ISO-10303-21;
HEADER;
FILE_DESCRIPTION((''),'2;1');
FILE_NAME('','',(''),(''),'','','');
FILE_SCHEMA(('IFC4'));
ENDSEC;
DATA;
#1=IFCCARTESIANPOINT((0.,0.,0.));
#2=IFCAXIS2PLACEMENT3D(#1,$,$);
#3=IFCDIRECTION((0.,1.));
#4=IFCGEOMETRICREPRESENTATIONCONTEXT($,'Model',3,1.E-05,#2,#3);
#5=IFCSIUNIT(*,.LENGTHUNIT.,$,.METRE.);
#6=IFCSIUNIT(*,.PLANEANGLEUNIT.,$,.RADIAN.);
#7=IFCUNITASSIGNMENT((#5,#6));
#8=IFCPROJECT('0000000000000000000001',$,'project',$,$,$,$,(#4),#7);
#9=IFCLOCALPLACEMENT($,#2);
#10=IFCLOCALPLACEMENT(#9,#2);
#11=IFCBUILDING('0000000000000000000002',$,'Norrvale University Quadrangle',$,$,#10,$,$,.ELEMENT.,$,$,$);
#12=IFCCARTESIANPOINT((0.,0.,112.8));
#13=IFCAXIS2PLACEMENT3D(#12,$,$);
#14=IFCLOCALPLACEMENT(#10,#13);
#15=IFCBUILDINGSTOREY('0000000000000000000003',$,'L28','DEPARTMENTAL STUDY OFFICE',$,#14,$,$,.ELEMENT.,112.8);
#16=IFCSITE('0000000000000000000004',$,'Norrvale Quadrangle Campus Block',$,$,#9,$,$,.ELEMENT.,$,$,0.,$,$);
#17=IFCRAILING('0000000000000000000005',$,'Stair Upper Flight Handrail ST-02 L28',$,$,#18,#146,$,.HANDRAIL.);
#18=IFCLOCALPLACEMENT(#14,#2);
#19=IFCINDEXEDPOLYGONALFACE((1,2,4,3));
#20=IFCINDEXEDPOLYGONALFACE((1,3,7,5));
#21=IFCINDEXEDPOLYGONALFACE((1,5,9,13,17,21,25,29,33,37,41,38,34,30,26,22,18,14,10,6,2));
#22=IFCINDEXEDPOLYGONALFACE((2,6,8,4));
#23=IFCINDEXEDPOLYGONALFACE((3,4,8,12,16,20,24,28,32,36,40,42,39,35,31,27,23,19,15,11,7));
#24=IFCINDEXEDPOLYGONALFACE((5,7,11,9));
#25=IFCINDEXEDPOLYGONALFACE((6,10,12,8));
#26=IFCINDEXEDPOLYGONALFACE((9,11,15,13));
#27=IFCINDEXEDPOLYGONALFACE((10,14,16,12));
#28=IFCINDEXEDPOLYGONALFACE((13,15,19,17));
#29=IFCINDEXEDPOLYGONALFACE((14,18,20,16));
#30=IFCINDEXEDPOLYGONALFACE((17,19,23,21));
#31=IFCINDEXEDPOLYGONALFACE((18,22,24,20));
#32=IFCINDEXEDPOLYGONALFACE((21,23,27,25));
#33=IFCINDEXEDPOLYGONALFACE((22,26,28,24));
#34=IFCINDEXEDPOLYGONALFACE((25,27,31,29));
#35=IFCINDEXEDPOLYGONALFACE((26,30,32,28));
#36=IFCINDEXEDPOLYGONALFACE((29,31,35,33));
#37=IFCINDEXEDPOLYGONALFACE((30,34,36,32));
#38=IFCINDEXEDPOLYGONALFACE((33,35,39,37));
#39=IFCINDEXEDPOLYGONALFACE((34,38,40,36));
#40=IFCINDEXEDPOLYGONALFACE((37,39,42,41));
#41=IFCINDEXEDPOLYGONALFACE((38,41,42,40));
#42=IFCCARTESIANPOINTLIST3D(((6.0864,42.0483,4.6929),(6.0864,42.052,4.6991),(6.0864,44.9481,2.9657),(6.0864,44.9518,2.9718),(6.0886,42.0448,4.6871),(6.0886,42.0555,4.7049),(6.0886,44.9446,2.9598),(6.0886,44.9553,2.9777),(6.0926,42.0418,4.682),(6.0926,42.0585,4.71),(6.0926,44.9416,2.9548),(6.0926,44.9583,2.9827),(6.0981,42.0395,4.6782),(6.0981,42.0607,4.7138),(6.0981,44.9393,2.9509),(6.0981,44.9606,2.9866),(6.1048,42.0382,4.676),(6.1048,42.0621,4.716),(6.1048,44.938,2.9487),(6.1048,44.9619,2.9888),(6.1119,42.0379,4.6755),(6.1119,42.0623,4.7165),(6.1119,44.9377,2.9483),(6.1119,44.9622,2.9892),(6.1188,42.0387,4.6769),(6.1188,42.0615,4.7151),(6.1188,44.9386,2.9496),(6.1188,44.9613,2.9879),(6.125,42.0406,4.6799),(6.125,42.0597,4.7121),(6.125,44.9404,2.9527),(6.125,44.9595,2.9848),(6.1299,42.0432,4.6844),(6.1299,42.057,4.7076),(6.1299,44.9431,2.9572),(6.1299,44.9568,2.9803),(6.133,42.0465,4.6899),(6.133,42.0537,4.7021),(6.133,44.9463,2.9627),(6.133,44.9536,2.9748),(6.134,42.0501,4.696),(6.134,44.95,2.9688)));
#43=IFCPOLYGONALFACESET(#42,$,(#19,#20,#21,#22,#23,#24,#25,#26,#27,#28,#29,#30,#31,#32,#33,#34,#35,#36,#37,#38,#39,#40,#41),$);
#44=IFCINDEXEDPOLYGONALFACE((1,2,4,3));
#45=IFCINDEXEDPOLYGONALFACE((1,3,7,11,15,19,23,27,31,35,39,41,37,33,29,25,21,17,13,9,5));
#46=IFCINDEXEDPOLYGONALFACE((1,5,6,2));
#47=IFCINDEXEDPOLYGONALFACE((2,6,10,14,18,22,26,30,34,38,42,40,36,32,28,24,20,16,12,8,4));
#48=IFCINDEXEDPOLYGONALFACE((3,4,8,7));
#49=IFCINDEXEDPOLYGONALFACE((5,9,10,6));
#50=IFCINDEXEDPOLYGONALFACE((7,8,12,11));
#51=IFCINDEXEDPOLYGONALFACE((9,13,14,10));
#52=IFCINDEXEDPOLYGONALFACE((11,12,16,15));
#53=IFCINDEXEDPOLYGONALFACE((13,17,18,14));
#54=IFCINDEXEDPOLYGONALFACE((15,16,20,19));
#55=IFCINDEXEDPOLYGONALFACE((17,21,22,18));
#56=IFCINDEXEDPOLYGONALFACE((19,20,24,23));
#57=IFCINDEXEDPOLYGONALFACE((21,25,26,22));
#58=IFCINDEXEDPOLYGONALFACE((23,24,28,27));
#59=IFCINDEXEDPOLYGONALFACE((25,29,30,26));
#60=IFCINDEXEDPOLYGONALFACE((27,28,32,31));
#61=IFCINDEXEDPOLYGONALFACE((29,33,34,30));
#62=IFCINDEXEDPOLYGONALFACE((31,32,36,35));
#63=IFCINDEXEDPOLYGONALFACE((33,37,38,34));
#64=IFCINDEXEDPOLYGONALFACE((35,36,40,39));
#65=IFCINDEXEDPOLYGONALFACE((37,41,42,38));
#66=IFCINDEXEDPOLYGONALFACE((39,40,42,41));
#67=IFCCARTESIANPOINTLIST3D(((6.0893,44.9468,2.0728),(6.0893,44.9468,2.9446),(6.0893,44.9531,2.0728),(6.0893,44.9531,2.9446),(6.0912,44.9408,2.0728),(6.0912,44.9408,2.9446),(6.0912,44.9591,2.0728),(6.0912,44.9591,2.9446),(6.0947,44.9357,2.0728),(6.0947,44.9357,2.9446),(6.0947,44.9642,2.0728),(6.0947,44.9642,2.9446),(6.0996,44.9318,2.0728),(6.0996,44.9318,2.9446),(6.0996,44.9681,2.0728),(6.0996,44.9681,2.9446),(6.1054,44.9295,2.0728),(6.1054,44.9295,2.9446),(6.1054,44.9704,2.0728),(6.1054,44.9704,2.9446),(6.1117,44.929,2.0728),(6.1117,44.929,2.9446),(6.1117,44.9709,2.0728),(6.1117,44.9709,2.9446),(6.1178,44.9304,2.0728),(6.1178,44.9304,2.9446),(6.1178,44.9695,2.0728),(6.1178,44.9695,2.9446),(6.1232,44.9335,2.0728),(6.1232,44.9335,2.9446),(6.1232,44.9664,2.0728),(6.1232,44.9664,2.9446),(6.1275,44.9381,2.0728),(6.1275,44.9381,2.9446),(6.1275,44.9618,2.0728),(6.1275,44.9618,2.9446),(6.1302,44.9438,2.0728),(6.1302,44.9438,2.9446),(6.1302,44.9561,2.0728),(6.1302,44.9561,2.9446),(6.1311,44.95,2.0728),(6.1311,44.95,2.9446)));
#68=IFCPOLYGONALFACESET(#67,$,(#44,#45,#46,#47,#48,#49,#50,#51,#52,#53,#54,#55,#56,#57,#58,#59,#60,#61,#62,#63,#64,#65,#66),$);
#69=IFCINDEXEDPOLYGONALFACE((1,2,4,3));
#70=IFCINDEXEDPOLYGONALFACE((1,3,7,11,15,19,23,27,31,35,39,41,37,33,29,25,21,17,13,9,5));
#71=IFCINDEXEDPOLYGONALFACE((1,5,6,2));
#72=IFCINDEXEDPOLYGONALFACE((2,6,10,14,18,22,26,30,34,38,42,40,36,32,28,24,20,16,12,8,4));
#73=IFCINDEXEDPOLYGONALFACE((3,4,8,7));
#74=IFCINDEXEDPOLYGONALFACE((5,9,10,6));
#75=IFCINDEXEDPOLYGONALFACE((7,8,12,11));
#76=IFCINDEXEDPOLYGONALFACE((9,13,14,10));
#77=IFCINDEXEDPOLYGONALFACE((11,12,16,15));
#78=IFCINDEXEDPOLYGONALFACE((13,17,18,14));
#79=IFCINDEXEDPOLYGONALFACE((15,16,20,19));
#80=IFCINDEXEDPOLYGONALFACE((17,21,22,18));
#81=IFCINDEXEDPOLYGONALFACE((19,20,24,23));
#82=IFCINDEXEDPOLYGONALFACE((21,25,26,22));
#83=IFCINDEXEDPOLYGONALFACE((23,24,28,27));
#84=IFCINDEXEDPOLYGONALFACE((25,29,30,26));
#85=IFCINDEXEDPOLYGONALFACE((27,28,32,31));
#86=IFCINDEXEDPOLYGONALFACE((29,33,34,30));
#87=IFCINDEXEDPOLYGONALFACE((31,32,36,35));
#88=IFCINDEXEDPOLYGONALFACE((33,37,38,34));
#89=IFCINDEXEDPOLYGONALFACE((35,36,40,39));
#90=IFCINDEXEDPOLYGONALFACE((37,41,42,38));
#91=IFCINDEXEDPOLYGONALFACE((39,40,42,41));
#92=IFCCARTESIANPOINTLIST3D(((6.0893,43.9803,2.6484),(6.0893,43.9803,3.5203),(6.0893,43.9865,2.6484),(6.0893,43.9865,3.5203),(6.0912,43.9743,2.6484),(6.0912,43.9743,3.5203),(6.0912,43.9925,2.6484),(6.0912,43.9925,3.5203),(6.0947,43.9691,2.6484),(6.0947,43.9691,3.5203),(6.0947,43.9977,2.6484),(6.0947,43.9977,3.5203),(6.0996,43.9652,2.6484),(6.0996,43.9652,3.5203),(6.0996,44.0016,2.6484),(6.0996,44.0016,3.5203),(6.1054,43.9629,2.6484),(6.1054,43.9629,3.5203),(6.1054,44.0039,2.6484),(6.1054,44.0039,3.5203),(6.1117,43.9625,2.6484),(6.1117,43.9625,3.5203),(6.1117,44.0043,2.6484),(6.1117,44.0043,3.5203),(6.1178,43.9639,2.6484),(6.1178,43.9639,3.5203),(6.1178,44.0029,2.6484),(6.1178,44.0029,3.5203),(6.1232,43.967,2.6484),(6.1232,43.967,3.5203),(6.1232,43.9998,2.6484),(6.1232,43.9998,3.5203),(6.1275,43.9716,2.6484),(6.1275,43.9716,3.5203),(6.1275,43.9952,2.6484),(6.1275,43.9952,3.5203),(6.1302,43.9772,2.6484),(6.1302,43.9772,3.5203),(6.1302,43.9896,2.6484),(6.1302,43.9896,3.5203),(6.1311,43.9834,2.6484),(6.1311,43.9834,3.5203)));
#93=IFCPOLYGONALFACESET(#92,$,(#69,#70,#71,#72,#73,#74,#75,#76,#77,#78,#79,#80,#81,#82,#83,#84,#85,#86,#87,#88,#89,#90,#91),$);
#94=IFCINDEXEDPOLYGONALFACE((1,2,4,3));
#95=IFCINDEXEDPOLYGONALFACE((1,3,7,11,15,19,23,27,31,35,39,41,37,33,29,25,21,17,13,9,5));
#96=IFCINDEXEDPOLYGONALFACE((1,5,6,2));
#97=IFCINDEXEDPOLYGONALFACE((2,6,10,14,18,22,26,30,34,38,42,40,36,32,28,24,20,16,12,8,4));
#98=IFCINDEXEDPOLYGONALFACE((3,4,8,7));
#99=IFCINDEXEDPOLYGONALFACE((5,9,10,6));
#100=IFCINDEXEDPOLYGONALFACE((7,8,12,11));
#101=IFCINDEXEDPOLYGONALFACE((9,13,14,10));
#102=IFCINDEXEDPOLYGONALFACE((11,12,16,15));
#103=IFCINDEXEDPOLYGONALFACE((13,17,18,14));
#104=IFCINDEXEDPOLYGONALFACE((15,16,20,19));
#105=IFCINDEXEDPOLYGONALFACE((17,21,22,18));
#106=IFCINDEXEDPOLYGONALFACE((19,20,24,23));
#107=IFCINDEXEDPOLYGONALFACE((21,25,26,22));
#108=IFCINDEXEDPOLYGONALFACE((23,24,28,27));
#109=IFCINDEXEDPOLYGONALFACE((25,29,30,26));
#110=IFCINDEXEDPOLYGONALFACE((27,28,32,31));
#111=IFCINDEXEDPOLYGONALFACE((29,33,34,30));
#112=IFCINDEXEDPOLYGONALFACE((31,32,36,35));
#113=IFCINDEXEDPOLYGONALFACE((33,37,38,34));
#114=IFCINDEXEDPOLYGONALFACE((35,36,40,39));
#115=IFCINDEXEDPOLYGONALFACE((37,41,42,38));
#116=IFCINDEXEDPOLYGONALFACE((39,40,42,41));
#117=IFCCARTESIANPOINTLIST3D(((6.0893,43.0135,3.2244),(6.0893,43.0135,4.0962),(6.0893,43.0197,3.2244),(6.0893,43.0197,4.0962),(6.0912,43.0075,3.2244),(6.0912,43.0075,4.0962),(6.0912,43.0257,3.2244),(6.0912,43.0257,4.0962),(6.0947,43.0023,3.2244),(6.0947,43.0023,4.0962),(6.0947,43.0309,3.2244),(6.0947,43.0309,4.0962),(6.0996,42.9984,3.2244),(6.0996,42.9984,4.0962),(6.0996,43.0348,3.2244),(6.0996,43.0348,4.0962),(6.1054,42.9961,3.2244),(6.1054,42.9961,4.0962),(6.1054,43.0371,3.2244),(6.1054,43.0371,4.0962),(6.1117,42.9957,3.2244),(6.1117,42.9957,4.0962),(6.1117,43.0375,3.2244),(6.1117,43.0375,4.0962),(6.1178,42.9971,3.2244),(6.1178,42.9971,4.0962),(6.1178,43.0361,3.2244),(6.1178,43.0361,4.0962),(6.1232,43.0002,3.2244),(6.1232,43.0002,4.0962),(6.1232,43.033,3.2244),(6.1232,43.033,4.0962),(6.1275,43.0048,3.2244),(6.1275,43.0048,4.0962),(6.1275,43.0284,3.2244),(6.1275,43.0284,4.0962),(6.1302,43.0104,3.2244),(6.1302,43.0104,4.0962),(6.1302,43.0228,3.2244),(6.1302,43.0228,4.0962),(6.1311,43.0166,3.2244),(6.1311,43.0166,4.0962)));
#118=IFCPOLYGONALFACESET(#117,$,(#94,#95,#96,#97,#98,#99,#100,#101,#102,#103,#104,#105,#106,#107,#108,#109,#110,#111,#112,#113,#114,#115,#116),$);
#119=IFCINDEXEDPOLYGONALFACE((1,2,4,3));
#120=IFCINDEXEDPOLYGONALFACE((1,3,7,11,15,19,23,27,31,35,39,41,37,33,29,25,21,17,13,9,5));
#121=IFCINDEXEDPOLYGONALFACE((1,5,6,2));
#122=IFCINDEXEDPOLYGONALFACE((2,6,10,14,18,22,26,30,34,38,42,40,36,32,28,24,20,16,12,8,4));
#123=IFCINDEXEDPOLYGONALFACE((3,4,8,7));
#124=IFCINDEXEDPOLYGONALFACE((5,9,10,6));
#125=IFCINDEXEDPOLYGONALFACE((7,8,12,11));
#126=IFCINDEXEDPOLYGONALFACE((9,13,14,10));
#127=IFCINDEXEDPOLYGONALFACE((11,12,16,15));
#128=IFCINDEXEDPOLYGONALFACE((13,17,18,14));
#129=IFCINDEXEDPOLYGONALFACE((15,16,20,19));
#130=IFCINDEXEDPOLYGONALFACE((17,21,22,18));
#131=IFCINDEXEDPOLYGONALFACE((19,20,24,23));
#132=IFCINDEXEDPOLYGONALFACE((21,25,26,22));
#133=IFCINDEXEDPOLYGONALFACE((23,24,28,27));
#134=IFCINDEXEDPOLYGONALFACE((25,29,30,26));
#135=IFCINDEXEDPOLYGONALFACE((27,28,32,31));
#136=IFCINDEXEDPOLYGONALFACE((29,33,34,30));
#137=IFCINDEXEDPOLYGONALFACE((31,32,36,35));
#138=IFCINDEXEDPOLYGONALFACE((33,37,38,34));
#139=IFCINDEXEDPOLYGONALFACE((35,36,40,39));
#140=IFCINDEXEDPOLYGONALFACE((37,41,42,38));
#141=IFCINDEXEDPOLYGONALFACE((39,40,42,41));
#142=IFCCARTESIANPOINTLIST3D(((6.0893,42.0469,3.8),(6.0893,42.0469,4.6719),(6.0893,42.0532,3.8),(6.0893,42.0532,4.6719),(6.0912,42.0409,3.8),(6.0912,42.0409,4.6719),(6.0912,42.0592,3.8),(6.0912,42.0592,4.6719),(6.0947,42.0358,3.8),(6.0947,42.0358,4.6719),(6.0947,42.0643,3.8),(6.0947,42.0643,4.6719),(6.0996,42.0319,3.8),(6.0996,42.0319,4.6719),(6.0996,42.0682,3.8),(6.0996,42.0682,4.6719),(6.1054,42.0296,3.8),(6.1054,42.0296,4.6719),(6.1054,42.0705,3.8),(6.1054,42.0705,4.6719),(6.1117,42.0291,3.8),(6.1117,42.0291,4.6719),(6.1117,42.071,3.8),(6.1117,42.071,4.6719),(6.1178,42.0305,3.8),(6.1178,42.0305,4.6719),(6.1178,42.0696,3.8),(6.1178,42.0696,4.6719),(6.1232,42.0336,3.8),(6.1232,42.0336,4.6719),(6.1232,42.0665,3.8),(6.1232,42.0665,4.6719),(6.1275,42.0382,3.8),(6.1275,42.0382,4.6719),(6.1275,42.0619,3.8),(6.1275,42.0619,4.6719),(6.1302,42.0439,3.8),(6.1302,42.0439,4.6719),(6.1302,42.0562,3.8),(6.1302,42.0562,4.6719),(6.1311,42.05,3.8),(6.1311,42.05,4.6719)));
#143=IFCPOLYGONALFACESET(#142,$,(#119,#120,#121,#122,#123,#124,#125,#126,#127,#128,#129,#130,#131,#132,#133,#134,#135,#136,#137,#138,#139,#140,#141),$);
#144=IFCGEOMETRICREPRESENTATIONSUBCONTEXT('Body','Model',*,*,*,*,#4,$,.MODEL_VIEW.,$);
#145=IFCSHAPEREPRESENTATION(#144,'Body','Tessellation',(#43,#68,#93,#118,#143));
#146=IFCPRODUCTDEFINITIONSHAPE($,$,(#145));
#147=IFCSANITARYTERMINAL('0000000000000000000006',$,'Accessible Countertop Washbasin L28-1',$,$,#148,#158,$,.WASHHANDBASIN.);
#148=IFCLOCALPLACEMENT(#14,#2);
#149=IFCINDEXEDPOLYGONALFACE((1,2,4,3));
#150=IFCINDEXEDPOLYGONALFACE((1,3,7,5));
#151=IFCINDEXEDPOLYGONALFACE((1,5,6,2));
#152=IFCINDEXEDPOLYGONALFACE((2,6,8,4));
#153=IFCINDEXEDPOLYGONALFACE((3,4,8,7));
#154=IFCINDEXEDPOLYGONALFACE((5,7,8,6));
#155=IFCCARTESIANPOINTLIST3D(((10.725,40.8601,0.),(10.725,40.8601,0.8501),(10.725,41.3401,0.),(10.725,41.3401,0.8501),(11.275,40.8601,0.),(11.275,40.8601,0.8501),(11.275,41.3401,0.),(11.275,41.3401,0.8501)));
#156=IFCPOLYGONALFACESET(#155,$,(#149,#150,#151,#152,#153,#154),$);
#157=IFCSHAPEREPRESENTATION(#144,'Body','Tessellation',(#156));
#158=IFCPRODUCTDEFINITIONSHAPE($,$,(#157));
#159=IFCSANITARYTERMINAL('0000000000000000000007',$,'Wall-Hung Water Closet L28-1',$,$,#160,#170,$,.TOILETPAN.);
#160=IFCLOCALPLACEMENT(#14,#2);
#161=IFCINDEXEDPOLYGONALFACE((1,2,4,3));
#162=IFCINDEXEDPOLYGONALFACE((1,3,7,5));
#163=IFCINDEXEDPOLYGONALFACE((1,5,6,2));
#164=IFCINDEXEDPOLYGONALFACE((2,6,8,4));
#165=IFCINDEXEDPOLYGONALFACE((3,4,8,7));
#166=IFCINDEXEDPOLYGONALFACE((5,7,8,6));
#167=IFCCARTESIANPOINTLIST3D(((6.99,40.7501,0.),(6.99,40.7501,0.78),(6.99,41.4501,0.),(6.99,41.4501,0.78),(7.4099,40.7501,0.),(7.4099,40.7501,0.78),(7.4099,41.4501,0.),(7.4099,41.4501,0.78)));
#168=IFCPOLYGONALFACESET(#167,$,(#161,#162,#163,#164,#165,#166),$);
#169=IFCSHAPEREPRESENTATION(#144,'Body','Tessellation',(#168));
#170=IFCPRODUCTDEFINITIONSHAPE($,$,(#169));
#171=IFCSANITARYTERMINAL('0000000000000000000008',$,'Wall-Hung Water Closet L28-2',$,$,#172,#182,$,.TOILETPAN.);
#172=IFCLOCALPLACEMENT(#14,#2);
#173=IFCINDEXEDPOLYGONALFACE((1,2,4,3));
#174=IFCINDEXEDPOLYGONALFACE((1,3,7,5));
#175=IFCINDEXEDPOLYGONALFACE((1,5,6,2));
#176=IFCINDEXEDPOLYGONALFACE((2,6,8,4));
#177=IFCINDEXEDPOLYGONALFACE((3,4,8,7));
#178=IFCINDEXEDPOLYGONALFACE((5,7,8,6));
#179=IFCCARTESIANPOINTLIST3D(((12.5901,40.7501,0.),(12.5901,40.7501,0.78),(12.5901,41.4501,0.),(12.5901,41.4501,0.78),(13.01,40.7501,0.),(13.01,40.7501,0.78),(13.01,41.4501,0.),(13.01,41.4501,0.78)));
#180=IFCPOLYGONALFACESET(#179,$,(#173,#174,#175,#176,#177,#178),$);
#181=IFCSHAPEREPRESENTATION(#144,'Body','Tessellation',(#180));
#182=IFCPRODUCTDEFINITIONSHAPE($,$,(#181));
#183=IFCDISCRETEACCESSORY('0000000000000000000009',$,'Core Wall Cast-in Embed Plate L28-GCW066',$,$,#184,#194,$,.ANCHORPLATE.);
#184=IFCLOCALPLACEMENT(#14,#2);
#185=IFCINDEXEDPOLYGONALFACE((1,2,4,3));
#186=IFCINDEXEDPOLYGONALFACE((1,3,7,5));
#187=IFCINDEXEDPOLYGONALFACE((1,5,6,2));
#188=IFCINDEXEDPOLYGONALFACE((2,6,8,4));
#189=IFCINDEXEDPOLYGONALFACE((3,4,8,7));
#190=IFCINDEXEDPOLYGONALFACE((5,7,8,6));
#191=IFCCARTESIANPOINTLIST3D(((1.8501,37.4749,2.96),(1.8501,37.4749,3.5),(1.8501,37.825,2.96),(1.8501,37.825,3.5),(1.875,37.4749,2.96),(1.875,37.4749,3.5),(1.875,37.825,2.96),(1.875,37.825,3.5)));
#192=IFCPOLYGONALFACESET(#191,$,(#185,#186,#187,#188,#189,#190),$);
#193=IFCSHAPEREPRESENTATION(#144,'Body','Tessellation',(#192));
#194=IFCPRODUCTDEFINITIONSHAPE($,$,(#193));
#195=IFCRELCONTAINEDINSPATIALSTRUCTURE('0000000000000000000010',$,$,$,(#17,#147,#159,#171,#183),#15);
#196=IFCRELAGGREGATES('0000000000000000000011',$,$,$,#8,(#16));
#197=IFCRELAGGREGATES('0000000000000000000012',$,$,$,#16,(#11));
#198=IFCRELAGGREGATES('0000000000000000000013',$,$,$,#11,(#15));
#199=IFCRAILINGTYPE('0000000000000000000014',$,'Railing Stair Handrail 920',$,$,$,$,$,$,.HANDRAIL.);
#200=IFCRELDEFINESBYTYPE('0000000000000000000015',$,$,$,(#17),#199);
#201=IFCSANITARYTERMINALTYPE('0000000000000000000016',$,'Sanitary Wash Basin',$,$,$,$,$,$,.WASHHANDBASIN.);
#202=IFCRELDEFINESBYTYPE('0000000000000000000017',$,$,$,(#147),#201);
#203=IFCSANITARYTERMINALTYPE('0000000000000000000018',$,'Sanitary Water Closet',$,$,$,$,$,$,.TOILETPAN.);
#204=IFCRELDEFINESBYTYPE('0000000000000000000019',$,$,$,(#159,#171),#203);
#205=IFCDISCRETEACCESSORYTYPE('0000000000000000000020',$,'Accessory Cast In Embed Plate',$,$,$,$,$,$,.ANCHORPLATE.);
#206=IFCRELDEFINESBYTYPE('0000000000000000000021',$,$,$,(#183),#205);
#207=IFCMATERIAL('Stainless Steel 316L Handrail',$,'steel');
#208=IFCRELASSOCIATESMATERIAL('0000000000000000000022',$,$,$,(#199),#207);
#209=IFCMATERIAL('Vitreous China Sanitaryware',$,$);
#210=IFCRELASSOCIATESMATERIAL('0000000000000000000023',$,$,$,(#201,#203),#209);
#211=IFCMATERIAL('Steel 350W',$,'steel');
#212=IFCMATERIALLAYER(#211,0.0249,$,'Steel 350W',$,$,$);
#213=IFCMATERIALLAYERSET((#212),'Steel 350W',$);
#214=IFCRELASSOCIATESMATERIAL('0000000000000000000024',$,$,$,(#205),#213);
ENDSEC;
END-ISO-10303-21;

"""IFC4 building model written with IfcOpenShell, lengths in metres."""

from ifc_helpers import new_model, si_unit, direction, frame, origin, origin_2d, place, context, subcontext, project, spatial, rectangle, circle, extrude, material, layer, layer_set, type_object, element, save


model = new_model("IFC4")

# Units and contexts
model_context = context("Model", 3, precision=1e-05, world=origin(), true_north=direction((0.0, 1.0)))
body_context = subcontext(model_context, "Body", "Model", "MODEL_VIEW")
ifc_project = project(units=[si_unit("LENGTHUNIT", "METRE"), si_unit("PLANEANGLEUNIT", "RADIAN")], contexts=[model_context])

# Site, building, storey
site_placement = place(None, origin())
site = spatial("IfcSite", under=ifc_project, at=site_placement, Name="Norrvale Quadrangle Campus Block", CompositionType="ELEMENT", RefElevation=0.0)
building_placement = place(site_placement, origin())
building = spatial("IfcBuilding", under=site, at=building_placement, Name="Norrvale University Quadrangle", CompositionType="ELEMENT")
storey_placement = place(building_placement, frame((0.0, 0.0, 112.8)))
storey = spatial("IfcBuildingStorey", under=building, at=storey_placement, Name="L28", Description="DEPARTMENTAL STUDY OFFICE", CompositionType="ELEMENT", Elevation=112.8)

# Shared definitions
ifc_material_1 = material(Name="Steel 350W", Category="steel")

# Railing
ifc_material_2 = material(Name="Stainless Steel 316L Handrail", Category="steel")
railing_type_1 = type_object("IfcRailingType", Name="Railing Stair Handrail 920", PredefinedType="HANDRAIL", material=ifc_material_2)
railing_1_placement = place(storey_placement, frame((6.1101, 44.95, 2.0728)))
element("IfcRailing", 1, at=railing_1_placement, inside=storey, type_object=railing_type_1, Name="Stair Upper Flight Handrail ST-02 L28", PredefinedType="HANDRAIL", context=body_context, shape_type="SweptSolid", body=[
    extrude(circle(Radius=0.0239, at=origin_2d()), frame((0.0, 0.0, 0.896), z_axis=(0.0, -0.859141, 0.511738), x_axis=(1.0, 0.0, 0.0)), (0.0, 0.0, 1.0), 3.3752),
    extrude(circle(Radius=0.021, at=origin_2d()), origin(), (0.0, 0.0, 1.0), 0.8718),
    extrude(circle(Radius=0.021, at=origin_2d()), frame((0.0, -0.9666, 0.5757)), (0.0, 0.0, 1.0), 0.8718),
    extrude(circle(Radius=0.021, at=origin_2d()), frame((0.0, -1.9333, 1.1516)), (0.0, 0.0, 1.0), 0.8718),
    extrude(circle(Radius=0.021, at=origin_2d()), frame((0.0, -2.8999, 1.7273)), (0.0, 0.0, 1.0), 0.8718),
])

# Sanitary terminals
ifc_material_3 = material(Name="Vitreous China Sanitaryware")
sanitary_terminal_type_1 = type_object("IfcSanitaryTerminalType", Name="Sanitary Wash Basin", PredefinedType="WASHHANDBASIN", material=ifc_material_3)
sanitary_terminal_placement = place(storey_placement, frame((11.0, 41.1001, 0.0), z_axis=(0.0, 0.0, 1.0), x_axis=(1.0, 0.0, 0.0)))
element("IfcSanitaryTerminal", 2, at=sanitary_terminal_placement, inside=storey, type_object=sanitary_terminal_type_1, Name="Accessible Countertop Washbasin L28-1", PredefinedType="WASHHANDBASIN", context=body_context, shape_type="SweptSolid", body=[
    extrude(rectangle(XDim=0.55, YDim=0.48, at=origin_2d()), origin(), (0.0, 0.0, 1.0), 0.8501),
])
sanitary_terminal_type_2 = type_object("IfcSanitaryTerminalType", Name="Sanitary Water Closet", PredefinedType="TOILETPAN", material=ifc_material_3)
for number, where, z_axis, x_axis, name in (
    (3, (7.2, 41.1001, 0.0), (0.0, 0.0, 1.0), (1.0, 0.0, 0.0), "Wall-Hung Water Closet L28-1"),
    (4, (12.8, 41.1001, 0.0), (0.0, 0.0, 1.0), (1.0, 0.0, 0.0), "Wall-Hung Water Closet L28-2"),
):
    element("IfcSanitaryTerminal", number, at=place(storey_placement, frame(where, z_axis=z_axis, x_axis=x_axis)), inside=storey, type_object=sanitary_terminal_type_2, Name=name, PredefinedType="TOILETPAN", context=body_context, shape_type="SweptSolid", body=[
        extrude(rectangle(XDim=0.4199, YDim=0.7, at=origin_2d()), origin(), (0.0, 0.0, 1.0), 0.78),
    ])

# Discrete accessory
ifc_layer_1 = layer(ifc_material_1, 0.0249, Name="Steel 350W")
ifc_layer_set_1 = layer_set([ifc_layer_1], Name="Steel 350W")
discrete_accessory_type = type_object("IfcDiscreteAccessoryType", Name="Accessory Cast In Embed Plate", PredefinedType="ANCHORPLATE", material=ifc_layer_set_1)
discrete_accessory_placement = place(storey_placement, frame((1.8625, 37.6499, 2.96), z_axis=(0.0, 0.0, 1.0), x_axis=(1.0, 0.0, 0.0)))
element("IfcDiscreteAccessory", 5, at=discrete_accessory_placement, inside=storey, type_object=discrete_accessory_type, Name="Core Wall Cast-in Embed Plate L28-GCW066", PredefinedType="ANCHORPLATE", context=body_context, shape_type="SweptSolid", body=[
    extrude(rectangle(XDim=0.0249, YDim=0.3501, at=origin_2d()), origin(), (0.0, 0.0, 1.0), 0.54),
])

save(model, "model.ifc")
